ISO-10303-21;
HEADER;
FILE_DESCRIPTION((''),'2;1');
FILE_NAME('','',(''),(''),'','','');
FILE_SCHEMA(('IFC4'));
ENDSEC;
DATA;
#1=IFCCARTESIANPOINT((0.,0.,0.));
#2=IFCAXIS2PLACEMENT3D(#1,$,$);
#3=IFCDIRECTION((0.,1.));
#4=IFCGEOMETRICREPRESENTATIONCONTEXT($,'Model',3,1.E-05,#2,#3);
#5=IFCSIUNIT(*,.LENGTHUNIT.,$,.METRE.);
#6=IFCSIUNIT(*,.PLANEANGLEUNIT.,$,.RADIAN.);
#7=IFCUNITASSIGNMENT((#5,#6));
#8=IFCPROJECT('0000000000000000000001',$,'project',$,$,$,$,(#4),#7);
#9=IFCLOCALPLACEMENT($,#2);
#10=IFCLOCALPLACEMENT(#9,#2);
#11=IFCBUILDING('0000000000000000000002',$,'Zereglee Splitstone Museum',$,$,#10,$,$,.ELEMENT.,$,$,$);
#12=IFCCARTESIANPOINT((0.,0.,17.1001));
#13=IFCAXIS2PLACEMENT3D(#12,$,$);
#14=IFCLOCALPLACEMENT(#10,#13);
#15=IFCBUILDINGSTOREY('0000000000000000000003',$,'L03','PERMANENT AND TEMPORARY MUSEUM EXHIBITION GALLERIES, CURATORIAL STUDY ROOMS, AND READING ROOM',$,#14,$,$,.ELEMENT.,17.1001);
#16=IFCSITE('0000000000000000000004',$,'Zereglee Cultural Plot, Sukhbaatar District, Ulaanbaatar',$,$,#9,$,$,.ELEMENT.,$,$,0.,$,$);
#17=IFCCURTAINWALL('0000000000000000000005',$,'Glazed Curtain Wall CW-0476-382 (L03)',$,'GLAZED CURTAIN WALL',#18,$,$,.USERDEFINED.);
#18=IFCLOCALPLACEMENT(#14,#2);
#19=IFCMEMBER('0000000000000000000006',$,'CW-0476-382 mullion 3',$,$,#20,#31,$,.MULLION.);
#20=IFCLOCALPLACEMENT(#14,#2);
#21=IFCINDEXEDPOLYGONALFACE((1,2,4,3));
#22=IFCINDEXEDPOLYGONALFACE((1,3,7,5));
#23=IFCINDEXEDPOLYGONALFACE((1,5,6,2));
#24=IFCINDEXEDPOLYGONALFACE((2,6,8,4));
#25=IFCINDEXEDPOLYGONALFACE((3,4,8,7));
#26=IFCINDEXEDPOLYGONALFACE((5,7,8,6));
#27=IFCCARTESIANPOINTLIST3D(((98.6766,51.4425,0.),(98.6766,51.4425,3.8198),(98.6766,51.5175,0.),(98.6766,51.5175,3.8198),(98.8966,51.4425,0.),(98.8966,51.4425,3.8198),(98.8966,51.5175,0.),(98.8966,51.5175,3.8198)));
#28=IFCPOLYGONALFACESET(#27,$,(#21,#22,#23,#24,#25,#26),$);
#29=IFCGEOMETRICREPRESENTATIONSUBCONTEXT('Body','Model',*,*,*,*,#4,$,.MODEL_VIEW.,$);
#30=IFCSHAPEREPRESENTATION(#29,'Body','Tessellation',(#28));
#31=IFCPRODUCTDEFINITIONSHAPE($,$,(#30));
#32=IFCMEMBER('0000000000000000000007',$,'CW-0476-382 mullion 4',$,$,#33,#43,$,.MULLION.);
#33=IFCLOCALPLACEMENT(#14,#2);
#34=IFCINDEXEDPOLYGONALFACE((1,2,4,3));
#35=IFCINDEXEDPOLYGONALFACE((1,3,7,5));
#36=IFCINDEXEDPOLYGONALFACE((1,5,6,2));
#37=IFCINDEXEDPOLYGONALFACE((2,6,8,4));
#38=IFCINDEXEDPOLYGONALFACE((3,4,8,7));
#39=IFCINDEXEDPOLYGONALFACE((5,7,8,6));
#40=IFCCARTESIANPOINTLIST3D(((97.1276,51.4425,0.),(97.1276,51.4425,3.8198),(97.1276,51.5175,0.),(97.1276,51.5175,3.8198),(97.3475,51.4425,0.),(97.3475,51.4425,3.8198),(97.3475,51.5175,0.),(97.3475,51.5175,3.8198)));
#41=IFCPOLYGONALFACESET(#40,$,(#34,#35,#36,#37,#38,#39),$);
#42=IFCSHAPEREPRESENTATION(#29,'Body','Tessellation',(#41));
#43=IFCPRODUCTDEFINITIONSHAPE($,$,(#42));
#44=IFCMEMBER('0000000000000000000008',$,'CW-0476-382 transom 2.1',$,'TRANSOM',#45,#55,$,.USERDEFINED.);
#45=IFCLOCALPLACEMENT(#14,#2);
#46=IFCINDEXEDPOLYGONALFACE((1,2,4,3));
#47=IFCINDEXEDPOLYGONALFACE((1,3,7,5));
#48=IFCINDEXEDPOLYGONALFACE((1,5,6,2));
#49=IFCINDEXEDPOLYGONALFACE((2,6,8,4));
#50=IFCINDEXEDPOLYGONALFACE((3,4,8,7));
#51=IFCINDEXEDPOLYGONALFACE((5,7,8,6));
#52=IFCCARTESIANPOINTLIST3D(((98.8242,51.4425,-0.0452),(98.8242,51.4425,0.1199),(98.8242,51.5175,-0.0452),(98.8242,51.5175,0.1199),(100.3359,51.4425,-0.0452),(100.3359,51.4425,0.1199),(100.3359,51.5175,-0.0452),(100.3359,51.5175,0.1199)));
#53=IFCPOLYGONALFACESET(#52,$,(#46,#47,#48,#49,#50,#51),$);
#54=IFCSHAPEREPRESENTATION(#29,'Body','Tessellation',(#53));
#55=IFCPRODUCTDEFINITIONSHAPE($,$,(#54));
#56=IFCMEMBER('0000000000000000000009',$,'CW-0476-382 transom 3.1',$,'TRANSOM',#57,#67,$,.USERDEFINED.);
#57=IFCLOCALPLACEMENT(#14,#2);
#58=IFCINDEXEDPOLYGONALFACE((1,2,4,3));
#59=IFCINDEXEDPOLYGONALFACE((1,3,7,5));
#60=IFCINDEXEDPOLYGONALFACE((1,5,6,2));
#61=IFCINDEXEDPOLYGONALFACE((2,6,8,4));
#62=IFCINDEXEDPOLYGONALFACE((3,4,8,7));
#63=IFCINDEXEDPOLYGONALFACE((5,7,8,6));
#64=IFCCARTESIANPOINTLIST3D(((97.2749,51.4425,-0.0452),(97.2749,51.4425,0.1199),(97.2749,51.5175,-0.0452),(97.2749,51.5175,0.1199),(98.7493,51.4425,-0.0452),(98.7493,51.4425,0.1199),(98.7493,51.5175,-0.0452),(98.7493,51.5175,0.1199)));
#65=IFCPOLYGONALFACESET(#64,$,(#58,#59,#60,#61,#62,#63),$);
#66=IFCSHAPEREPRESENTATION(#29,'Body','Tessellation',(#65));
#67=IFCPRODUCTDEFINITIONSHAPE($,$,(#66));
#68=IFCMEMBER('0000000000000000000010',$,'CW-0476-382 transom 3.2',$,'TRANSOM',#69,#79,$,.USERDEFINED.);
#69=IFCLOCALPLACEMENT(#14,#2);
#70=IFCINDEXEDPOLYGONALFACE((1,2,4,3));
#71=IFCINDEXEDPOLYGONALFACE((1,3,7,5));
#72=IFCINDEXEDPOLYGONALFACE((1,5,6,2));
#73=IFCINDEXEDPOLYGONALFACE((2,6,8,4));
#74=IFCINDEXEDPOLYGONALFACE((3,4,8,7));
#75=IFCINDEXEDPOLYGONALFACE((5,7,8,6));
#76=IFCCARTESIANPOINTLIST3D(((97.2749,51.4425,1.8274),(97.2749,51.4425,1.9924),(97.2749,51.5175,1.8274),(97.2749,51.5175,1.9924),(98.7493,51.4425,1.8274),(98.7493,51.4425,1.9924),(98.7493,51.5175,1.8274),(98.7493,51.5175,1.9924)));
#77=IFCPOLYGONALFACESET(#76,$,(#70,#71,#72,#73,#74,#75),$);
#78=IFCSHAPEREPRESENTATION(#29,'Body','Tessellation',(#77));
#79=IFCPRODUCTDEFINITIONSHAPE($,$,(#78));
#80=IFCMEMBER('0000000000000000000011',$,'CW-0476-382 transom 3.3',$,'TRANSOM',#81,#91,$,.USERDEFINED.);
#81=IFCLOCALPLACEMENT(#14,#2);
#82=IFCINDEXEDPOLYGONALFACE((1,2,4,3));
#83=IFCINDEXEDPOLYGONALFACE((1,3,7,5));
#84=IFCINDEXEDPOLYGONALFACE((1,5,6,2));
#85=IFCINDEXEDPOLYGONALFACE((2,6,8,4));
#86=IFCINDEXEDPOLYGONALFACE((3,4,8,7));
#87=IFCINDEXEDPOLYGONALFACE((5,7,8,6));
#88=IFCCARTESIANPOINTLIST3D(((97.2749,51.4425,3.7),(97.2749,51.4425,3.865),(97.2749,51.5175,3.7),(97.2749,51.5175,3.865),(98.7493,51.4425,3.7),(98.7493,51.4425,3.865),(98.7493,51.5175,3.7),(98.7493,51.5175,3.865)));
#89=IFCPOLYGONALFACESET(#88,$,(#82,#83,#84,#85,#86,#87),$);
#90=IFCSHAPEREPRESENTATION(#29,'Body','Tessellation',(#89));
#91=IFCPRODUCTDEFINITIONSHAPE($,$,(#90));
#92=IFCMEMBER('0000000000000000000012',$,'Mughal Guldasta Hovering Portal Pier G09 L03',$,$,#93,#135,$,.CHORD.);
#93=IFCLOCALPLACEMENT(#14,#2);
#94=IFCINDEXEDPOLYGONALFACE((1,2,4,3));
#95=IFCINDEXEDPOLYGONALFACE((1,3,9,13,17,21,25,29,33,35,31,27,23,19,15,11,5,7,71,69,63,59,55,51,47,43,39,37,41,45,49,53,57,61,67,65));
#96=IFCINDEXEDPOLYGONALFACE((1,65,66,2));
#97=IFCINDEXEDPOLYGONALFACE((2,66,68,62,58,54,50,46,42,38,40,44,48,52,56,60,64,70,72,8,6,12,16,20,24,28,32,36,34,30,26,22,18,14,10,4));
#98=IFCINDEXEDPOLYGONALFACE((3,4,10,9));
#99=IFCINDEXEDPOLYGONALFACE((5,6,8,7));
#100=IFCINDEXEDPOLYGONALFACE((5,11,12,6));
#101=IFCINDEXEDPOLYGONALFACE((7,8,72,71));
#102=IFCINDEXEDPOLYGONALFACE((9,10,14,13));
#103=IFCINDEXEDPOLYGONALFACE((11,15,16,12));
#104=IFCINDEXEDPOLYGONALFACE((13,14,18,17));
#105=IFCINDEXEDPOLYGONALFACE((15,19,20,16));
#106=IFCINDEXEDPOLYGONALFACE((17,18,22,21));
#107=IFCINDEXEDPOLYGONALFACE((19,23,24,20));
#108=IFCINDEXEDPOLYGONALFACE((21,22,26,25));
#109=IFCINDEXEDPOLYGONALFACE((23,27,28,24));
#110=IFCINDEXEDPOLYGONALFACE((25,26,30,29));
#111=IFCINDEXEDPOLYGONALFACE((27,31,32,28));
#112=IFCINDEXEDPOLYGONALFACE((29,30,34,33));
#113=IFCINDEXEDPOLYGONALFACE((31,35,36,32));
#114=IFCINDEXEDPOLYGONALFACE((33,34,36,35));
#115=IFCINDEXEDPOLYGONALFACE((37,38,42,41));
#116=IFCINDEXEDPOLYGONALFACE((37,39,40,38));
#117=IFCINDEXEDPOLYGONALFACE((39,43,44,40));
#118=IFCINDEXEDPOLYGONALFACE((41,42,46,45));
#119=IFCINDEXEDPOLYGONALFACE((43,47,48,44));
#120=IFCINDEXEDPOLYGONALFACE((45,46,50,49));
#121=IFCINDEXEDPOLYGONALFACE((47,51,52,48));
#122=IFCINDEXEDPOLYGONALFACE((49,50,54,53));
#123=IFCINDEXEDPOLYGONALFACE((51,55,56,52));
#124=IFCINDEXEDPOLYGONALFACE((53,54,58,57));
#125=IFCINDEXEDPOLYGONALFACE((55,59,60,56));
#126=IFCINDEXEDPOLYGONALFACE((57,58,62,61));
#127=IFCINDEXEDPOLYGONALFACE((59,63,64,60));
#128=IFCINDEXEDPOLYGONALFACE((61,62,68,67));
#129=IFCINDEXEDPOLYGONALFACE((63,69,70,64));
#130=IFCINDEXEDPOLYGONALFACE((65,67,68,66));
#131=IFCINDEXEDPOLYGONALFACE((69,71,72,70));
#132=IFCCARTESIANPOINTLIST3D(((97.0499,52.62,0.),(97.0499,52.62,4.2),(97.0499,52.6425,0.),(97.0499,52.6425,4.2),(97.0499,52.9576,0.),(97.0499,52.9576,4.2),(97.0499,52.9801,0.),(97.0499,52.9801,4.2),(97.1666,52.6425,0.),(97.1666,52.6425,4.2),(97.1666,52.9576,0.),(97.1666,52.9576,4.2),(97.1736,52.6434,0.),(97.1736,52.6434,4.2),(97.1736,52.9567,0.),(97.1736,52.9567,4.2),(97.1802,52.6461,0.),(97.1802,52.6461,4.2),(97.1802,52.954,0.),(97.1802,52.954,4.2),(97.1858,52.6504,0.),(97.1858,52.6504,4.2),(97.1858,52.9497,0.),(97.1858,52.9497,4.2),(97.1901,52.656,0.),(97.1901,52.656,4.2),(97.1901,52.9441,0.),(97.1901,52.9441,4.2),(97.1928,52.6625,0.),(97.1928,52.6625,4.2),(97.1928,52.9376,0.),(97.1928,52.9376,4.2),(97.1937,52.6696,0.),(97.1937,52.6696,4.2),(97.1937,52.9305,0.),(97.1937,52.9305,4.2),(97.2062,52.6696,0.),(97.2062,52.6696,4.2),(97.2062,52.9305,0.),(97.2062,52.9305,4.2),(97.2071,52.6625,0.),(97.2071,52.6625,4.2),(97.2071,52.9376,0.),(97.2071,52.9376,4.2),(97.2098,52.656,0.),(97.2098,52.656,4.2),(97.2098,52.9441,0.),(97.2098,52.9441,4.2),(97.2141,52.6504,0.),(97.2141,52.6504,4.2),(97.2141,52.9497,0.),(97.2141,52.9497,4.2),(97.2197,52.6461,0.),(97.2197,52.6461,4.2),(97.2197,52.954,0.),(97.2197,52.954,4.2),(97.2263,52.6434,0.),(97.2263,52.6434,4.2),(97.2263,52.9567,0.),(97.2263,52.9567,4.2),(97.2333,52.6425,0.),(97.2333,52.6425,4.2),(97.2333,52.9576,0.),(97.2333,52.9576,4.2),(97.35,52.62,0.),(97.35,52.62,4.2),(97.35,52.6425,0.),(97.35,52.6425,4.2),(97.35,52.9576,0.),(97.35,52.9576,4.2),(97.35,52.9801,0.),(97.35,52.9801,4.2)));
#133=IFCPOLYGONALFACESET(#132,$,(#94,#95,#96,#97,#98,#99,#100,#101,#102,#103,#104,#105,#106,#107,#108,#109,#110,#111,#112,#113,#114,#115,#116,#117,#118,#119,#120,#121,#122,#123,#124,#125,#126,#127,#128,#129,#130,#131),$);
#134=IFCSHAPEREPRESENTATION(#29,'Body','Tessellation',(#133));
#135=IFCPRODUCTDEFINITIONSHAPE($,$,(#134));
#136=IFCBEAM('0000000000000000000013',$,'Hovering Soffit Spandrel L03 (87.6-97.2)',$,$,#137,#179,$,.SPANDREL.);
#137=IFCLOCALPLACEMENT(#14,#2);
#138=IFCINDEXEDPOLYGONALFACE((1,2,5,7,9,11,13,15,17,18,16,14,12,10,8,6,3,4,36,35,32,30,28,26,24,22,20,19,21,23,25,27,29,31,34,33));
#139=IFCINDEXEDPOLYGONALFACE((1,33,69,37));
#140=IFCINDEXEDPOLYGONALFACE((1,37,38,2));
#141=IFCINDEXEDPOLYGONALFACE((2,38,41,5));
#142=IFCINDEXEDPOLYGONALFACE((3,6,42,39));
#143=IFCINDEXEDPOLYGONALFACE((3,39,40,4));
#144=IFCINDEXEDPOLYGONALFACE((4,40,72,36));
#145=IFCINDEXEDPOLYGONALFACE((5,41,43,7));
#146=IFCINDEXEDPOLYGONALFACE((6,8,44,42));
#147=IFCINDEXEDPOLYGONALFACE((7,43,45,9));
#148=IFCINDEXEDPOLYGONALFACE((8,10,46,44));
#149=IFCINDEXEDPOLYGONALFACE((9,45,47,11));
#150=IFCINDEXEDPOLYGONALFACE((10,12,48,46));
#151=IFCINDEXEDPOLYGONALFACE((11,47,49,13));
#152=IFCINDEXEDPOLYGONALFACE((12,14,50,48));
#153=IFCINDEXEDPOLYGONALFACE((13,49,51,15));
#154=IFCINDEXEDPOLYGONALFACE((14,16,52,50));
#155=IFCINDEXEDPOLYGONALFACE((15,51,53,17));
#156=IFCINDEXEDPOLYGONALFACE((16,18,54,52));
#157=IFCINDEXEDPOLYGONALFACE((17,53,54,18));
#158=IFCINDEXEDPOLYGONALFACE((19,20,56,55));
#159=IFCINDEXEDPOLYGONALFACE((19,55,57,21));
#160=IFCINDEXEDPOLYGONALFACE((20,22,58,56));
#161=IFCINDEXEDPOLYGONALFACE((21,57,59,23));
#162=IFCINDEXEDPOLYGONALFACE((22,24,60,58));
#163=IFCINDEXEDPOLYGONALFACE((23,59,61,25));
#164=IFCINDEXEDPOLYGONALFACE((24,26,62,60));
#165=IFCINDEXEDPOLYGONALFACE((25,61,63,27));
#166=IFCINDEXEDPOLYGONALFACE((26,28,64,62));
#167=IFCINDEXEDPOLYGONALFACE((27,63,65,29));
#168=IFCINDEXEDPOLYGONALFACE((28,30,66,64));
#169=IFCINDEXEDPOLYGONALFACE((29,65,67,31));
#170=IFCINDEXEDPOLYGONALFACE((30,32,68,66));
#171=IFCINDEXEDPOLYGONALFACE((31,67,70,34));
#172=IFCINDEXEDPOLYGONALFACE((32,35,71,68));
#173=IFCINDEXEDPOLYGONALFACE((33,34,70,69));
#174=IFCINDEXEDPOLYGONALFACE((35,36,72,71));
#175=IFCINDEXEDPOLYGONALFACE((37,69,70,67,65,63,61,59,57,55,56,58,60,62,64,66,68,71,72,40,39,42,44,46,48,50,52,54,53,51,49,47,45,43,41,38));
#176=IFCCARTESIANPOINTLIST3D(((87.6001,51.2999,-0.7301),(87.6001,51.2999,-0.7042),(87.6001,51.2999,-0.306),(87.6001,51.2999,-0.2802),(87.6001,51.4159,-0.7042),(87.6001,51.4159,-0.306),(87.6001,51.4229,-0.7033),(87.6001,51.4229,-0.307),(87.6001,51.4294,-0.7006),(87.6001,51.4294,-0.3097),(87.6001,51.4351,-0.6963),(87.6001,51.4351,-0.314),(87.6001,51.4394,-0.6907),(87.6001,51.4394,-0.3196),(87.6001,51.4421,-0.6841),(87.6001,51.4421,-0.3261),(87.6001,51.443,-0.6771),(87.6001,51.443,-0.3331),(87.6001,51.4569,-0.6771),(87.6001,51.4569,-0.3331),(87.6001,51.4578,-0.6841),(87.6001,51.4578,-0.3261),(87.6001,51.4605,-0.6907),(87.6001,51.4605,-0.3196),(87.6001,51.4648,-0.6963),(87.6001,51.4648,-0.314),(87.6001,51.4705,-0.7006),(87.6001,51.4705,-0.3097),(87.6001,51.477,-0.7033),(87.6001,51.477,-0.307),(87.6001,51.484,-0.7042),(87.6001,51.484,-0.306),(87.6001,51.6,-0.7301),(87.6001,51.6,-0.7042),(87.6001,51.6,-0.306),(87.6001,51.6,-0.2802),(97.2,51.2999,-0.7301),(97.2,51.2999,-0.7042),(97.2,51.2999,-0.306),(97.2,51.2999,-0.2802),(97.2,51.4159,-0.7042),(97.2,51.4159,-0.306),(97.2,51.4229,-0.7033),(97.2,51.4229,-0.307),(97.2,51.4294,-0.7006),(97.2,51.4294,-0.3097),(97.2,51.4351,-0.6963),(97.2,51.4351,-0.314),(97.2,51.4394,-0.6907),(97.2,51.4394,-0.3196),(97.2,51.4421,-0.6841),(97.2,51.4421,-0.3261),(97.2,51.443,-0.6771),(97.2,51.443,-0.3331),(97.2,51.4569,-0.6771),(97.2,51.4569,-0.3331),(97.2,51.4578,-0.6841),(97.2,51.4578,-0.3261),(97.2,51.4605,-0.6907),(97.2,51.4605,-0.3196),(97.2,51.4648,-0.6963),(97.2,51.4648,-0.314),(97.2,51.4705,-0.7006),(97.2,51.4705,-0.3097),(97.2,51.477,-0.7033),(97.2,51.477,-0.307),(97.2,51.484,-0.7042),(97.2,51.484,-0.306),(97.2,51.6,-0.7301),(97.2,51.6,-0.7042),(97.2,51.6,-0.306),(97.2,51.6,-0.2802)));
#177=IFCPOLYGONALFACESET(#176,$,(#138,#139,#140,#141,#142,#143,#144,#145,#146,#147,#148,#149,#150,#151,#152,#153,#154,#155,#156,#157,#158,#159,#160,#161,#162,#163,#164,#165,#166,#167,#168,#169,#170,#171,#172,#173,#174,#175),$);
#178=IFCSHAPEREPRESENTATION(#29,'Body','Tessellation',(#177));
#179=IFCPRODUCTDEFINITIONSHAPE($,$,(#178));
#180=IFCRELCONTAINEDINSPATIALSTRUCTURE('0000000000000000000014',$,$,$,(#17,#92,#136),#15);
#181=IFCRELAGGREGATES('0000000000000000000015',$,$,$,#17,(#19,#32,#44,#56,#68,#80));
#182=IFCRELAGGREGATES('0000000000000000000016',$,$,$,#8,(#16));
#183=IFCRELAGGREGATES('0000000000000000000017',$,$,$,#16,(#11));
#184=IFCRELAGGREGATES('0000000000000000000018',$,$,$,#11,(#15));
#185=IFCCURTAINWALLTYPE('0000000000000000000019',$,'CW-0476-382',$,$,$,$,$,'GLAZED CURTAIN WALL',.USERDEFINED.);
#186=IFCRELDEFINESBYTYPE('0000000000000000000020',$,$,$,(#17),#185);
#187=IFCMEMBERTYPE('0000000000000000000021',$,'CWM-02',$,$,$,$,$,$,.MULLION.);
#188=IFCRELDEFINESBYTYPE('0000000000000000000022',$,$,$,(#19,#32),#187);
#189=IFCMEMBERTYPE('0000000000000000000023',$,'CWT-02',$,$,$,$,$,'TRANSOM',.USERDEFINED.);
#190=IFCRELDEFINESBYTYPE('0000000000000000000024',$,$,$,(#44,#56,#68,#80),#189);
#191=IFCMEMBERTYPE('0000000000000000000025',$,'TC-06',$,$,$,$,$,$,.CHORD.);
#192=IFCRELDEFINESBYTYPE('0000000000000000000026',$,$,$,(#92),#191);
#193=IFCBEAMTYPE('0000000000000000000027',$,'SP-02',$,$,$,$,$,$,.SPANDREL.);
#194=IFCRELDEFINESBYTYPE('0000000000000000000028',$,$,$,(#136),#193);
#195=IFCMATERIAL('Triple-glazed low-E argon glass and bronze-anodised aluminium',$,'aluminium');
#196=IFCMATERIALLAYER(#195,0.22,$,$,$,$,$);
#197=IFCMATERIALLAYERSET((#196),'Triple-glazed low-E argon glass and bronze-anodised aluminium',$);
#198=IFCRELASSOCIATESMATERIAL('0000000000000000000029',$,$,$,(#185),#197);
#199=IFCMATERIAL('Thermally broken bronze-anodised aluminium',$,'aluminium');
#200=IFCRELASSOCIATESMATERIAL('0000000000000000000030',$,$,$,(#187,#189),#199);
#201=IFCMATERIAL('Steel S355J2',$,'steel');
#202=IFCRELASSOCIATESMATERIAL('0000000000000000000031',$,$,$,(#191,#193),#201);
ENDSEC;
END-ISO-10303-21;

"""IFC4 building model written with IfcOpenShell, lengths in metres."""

from ifc_helpers import new_model, si_unit, direction, frame, origin, origin_2d, place, context, subcontext, project, spatial, rectangle, i_section, extrude, material, layer, layer_set, material_profile, profile_set, type_object, element, aggregate, save


model = new_model("IFC4")

# Units and contexts
model_context = context("Model", 3, precision=1e-05, world=origin(), true_north=direction((0.0, 1.0)))
body_context = subcontext(model_context, "Body", "Model", "MODEL_VIEW")
ifc_project = project(units=[si_unit("LENGTHUNIT", "METRE"), si_unit("PLANEANGLEUNIT", "RADIAN")], contexts=[model_context])

# Site, building, storey
site_placement = place(None, origin())
site = spatial("IfcSite", under=ifc_project, at=site_placement, Name="Zereglee Cultural Plot, Sukhbaatar District, Ulaanbaatar", CompositionType="ELEMENT", RefElevation=0.0)
building_placement = place(site_placement, origin())
building = spatial("IfcBuilding", under=site, at=building_placement, Name="Zereglee Splitstone Museum", CompositionType="ELEMENT")
storey_placement = place(building_placement, frame((0.0, 0.0, 17.1001)))
storey = spatial("IfcBuildingStorey", under=building, at=storey_placement, Name="L03", Description="PERMANENT AND TEMPORARY MUSEUM EXHIBITION GALLERIES, CURATORIAL STUDY ROOMS, AND READING ROOM", CompositionType="ELEMENT", Elevation=17.1001)

# Curtain wall, members
ifc_material_1 = material(Name="Triple-glazed low-E argon glass and bronze-anodised aluminium", Category="aluminium")
ifc_layer_1 = layer(ifc_material_1, 0.22)
ifc_layer_set_1 = layer_set([ifc_layer_1], Name="Triple-glazed low-E argon glass and bronze-anodised aluminium")
curtain_wall_type = type_object("IfcCurtainWallType", Name="CW-0476-382", ElementType="GLAZED CURTAIN WALL", PredefinedType="USERDEFINED", material=ifc_layer_set_1)
curtain_wall_placement = place(storey_placement, origin())
curtain_wall = element("IfcCurtainWall", 1, at=curtain_wall_placement, inside=storey, type_object=curtain_wall_type, Name="Glazed Curtain Wall CW-0476-382 (L03)", ObjectType="GLAZED CURTAIN WALL", PredefinedType="USERDEFINED")
ifc_material_2 = material(Name="Thermally broken bronze-anodised aluminium", Category="aluminium")
ifc_material_profile_1 = material_profile(ifc_material_2, rectangle(XDim=0.075, YDim=0.22, at=origin_2d()), Name="CW MULL 75x220")
ifc_profile_set_1 = profile_set([ifc_material_profile_1], Name="Thermally broken bronze-anodised aluminium")
member_type_1 = type_object("IfcMemberType", Name="CWM-02", PredefinedType="MULLION", material=ifc_profile_set_1)
member_1_placement = place(storey_placement, frame((98.7866, 51.48, 0.0), z_axis=(0.0, 0.0, 1.0), x_axis=(0.0, -1.0, 0.0)))
member_1 = element("IfcMember", 2, at=member_1_placement, type_object=member_type_1, Name="CW-0476-382 mullion 3", PredefinedType="MULLION", context=body_context, shape_type="SweptSolid", body=[
    extrude(rectangle(XDim=0.075, YDim=0.22, at=origin_2d()), origin(), (0.0, 0.0, 1.0), 3.8198),
])
member_2_placement = place(storey_placement, frame((97.2375, 51.48, 0.0), z_axis=(0.0, 0.0, 1.0), x_axis=(0.0, -1.0, 0.0)))
member_2 = element("IfcMember", 3, at=member_2_placement, type_object=member_type_1, Name="CW-0476-382 mullion 4", PredefinedType="MULLION", context=body_context, shape_type="SweptSolid", body=[
    extrude(rectangle(XDim=0.075, YDim=0.22, at=origin_2d()), origin(), (0.0, 0.0, 1.0), 3.8198),
])
ifc_material_profile_2 = material_profile(ifc_material_2, rectangle(XDim=0.075, YDim=0.165, at=origin_2d()), Name="CW TRAN 75x165")
ifc_profile_set_2 = profile_set([ifc_material_profile_2], Name="Thermally broken bronze-anodised aluminium")
member_type_2 = type_object("IfcMemberType", Name="CWT-02", ElementType="TRANSOM", PredefinedType="USERDEFINED", material=ifc_profile_set_2)
member_3_placement = place(storey_placement, frame((100.3359, 51.48, 0.0374), z_axis=(-1.0, 0.0, 0.0), x_axis=(0.0, -1.0, 0.0)))
member_3 = element("IfcMember", 4, at=member_3_placement, type_object=member_type_2, Name="CW-0476-382 transom 2.1", ObjectType="TRANSOM", PredefinedType="USERDEFINED", context=body_context, shape_type="SweptSolid", body=[
    extrude(rectangle(XDim=0.075, YDim=0.165, at=origin_2d()), origin(), (0.0, 0.0, 1.0), 1.5117),
])
member_4_placement = place(storey_placement, frame((98.7493, 51.48, 0.0374), z_axis=(-1.0, 0.0, 0.0), x_axis=(0.0, -1.0, 0.0)))
member_4 = element("IfcMember", 5, at=member_4_placement, type_object=member_type_2, Name="CW-0476-382 transom 3.1", ObjectType="TRANSOM", PredefinedType="USERDEFINED", context=body_context, shape_type="SweptSolid", body=[
    extrude(rectangle(XDim=0.075, YDim=0.165, at=origin_2d()), origin(), (0.0, 0.0, 1.0), 1.4744),
])
member_5_placement = place(storey_placement, frame((98.7493, 51.48, 1.9099), z_axis=(-1.0, 0.0, 0.0), x_axis=(0.0, -1.0, 0.0)))
member_5 = element("IfcMember", 6, at=member_5_placement, type_object=member_type_2, Name="CW-0476-382 transom 3.2", ObjectType="TRANSOM", PredefinedType="USERDEFINED", context=body_context, shape_type="SweptSolid", body=[
    extrude(rectangle(XDim=0.075, YDim=0.165, at=origin_2d()), origin(), (0.0, 0.0, 1.0), 1.4744),
])
member_6_placement = place(storey_placement, frame((98.7493, 51.48, 3.7825), z_axis=(-1.0, 0.0, 0.0), x_axis=(0.0, -1.0, 0.0)))
member_6 = element("IfcMember", 7, at=member_6_placement, type_object=member_type_2, Name="CW-0476-382 transom 3.3", ObjectType="TRANSOM", PredefinedType="USERDEFINED", context=body_context, shape_type="SweptSolid", body=[
    extrude(rectangle(XDim=0.075, YDim=0.165, at=origin_2d()), origin(), (0.0, 0.0, 1.0), 1.4744),
])

# Member
ifc_material_3 = material(Name="Steel S355J2", Category="steel")
ifc_material_profile_3 = material_profile(ifc_material_3, i_section(OverallWidth=0.3, OverallDepth=0.3601, WebThickness=0.0125, FlangeThickness=0.0225, FilletRadius=0.0271, at=origin_2d()), Name="HE 360 B")
ifc_profile_set_3 = profile_set([ifc_material_profile_3], Name="Steel S355J2")
member_type_3 = type_object("IfcMemberType", Name="TC-06", PredefinedType="CHORD", material=ifc_profile_set_3)
member_7_placement = place(storey_placement, frame((97.2, 52.8, 0.0), z_axis=(0.0, 0.0, 1.0), x_axis=(1.0, 0.0, 0.0)))
element("IfcMember", 8, at=member_7_placement, inside=storey, type_object=member_type_3, Name="Mughal Guldasta Hovering Portal Pier G09 L03", PredefinedType="CHORD", context=body_context, shape_type="SweptSolid", body=[
    extrude(i_section(OverallWidth=0.3, OverallDepth=0.3601, WebThickness=0.0125, FlangeThickness=0.0225, FilletRadius=0.0271, at=origin_2d()), origin(), (0.0, 0.0, 1.0), 4.2),
])

# Beam
ifc_material_profile_4 = material_profile(ifc_material_3, i_section(OverallWidth=0.3, OverallDepth=0.45, WebThickness=0.0139, FlangeThickness=0.0259, FilletRadius=0.0271, at=origin_2d()), Name="HE 450 B")
ifc_profile_set_4 = profile_set([ifc_material_profile_4], Name="Steel S355J2")
beam_type = type_object("IfcBeamType", Name="SP-02", PredefinedType="SPANDREL", material=ifc_profile_set_4)
beam_1_placement = place(storey_placement, frame((87.6001, 51.45, -0.5051), z_axis=(1.0, 0.0, 0.0), x_axis=(0.0, 1.0, 0.0)))
element("IfcBeam", 9, at=beam_1_placement, inside=storey, type_object=beam_type, Name="Hovering Soffit Spandrel L03 (87.6-97.2)", PredefinedType="SPANDREL", context=body_context, shape_type="SweptSolid", body=[
    extrude(i_section(OverallWidth=0.3, OverallDepth=0.45, WebThickness=0.0139, FlangeThickness=0.0259, FilletRadius=0.0271, at=origin_2d()), origin(), (0.0, 0.0, 1.0), 9.5999),
])

aggregate(curtain_wall, [member_1, member_2, member_3, member_4, member_5, member_6])

save(model, "model.ifc")
